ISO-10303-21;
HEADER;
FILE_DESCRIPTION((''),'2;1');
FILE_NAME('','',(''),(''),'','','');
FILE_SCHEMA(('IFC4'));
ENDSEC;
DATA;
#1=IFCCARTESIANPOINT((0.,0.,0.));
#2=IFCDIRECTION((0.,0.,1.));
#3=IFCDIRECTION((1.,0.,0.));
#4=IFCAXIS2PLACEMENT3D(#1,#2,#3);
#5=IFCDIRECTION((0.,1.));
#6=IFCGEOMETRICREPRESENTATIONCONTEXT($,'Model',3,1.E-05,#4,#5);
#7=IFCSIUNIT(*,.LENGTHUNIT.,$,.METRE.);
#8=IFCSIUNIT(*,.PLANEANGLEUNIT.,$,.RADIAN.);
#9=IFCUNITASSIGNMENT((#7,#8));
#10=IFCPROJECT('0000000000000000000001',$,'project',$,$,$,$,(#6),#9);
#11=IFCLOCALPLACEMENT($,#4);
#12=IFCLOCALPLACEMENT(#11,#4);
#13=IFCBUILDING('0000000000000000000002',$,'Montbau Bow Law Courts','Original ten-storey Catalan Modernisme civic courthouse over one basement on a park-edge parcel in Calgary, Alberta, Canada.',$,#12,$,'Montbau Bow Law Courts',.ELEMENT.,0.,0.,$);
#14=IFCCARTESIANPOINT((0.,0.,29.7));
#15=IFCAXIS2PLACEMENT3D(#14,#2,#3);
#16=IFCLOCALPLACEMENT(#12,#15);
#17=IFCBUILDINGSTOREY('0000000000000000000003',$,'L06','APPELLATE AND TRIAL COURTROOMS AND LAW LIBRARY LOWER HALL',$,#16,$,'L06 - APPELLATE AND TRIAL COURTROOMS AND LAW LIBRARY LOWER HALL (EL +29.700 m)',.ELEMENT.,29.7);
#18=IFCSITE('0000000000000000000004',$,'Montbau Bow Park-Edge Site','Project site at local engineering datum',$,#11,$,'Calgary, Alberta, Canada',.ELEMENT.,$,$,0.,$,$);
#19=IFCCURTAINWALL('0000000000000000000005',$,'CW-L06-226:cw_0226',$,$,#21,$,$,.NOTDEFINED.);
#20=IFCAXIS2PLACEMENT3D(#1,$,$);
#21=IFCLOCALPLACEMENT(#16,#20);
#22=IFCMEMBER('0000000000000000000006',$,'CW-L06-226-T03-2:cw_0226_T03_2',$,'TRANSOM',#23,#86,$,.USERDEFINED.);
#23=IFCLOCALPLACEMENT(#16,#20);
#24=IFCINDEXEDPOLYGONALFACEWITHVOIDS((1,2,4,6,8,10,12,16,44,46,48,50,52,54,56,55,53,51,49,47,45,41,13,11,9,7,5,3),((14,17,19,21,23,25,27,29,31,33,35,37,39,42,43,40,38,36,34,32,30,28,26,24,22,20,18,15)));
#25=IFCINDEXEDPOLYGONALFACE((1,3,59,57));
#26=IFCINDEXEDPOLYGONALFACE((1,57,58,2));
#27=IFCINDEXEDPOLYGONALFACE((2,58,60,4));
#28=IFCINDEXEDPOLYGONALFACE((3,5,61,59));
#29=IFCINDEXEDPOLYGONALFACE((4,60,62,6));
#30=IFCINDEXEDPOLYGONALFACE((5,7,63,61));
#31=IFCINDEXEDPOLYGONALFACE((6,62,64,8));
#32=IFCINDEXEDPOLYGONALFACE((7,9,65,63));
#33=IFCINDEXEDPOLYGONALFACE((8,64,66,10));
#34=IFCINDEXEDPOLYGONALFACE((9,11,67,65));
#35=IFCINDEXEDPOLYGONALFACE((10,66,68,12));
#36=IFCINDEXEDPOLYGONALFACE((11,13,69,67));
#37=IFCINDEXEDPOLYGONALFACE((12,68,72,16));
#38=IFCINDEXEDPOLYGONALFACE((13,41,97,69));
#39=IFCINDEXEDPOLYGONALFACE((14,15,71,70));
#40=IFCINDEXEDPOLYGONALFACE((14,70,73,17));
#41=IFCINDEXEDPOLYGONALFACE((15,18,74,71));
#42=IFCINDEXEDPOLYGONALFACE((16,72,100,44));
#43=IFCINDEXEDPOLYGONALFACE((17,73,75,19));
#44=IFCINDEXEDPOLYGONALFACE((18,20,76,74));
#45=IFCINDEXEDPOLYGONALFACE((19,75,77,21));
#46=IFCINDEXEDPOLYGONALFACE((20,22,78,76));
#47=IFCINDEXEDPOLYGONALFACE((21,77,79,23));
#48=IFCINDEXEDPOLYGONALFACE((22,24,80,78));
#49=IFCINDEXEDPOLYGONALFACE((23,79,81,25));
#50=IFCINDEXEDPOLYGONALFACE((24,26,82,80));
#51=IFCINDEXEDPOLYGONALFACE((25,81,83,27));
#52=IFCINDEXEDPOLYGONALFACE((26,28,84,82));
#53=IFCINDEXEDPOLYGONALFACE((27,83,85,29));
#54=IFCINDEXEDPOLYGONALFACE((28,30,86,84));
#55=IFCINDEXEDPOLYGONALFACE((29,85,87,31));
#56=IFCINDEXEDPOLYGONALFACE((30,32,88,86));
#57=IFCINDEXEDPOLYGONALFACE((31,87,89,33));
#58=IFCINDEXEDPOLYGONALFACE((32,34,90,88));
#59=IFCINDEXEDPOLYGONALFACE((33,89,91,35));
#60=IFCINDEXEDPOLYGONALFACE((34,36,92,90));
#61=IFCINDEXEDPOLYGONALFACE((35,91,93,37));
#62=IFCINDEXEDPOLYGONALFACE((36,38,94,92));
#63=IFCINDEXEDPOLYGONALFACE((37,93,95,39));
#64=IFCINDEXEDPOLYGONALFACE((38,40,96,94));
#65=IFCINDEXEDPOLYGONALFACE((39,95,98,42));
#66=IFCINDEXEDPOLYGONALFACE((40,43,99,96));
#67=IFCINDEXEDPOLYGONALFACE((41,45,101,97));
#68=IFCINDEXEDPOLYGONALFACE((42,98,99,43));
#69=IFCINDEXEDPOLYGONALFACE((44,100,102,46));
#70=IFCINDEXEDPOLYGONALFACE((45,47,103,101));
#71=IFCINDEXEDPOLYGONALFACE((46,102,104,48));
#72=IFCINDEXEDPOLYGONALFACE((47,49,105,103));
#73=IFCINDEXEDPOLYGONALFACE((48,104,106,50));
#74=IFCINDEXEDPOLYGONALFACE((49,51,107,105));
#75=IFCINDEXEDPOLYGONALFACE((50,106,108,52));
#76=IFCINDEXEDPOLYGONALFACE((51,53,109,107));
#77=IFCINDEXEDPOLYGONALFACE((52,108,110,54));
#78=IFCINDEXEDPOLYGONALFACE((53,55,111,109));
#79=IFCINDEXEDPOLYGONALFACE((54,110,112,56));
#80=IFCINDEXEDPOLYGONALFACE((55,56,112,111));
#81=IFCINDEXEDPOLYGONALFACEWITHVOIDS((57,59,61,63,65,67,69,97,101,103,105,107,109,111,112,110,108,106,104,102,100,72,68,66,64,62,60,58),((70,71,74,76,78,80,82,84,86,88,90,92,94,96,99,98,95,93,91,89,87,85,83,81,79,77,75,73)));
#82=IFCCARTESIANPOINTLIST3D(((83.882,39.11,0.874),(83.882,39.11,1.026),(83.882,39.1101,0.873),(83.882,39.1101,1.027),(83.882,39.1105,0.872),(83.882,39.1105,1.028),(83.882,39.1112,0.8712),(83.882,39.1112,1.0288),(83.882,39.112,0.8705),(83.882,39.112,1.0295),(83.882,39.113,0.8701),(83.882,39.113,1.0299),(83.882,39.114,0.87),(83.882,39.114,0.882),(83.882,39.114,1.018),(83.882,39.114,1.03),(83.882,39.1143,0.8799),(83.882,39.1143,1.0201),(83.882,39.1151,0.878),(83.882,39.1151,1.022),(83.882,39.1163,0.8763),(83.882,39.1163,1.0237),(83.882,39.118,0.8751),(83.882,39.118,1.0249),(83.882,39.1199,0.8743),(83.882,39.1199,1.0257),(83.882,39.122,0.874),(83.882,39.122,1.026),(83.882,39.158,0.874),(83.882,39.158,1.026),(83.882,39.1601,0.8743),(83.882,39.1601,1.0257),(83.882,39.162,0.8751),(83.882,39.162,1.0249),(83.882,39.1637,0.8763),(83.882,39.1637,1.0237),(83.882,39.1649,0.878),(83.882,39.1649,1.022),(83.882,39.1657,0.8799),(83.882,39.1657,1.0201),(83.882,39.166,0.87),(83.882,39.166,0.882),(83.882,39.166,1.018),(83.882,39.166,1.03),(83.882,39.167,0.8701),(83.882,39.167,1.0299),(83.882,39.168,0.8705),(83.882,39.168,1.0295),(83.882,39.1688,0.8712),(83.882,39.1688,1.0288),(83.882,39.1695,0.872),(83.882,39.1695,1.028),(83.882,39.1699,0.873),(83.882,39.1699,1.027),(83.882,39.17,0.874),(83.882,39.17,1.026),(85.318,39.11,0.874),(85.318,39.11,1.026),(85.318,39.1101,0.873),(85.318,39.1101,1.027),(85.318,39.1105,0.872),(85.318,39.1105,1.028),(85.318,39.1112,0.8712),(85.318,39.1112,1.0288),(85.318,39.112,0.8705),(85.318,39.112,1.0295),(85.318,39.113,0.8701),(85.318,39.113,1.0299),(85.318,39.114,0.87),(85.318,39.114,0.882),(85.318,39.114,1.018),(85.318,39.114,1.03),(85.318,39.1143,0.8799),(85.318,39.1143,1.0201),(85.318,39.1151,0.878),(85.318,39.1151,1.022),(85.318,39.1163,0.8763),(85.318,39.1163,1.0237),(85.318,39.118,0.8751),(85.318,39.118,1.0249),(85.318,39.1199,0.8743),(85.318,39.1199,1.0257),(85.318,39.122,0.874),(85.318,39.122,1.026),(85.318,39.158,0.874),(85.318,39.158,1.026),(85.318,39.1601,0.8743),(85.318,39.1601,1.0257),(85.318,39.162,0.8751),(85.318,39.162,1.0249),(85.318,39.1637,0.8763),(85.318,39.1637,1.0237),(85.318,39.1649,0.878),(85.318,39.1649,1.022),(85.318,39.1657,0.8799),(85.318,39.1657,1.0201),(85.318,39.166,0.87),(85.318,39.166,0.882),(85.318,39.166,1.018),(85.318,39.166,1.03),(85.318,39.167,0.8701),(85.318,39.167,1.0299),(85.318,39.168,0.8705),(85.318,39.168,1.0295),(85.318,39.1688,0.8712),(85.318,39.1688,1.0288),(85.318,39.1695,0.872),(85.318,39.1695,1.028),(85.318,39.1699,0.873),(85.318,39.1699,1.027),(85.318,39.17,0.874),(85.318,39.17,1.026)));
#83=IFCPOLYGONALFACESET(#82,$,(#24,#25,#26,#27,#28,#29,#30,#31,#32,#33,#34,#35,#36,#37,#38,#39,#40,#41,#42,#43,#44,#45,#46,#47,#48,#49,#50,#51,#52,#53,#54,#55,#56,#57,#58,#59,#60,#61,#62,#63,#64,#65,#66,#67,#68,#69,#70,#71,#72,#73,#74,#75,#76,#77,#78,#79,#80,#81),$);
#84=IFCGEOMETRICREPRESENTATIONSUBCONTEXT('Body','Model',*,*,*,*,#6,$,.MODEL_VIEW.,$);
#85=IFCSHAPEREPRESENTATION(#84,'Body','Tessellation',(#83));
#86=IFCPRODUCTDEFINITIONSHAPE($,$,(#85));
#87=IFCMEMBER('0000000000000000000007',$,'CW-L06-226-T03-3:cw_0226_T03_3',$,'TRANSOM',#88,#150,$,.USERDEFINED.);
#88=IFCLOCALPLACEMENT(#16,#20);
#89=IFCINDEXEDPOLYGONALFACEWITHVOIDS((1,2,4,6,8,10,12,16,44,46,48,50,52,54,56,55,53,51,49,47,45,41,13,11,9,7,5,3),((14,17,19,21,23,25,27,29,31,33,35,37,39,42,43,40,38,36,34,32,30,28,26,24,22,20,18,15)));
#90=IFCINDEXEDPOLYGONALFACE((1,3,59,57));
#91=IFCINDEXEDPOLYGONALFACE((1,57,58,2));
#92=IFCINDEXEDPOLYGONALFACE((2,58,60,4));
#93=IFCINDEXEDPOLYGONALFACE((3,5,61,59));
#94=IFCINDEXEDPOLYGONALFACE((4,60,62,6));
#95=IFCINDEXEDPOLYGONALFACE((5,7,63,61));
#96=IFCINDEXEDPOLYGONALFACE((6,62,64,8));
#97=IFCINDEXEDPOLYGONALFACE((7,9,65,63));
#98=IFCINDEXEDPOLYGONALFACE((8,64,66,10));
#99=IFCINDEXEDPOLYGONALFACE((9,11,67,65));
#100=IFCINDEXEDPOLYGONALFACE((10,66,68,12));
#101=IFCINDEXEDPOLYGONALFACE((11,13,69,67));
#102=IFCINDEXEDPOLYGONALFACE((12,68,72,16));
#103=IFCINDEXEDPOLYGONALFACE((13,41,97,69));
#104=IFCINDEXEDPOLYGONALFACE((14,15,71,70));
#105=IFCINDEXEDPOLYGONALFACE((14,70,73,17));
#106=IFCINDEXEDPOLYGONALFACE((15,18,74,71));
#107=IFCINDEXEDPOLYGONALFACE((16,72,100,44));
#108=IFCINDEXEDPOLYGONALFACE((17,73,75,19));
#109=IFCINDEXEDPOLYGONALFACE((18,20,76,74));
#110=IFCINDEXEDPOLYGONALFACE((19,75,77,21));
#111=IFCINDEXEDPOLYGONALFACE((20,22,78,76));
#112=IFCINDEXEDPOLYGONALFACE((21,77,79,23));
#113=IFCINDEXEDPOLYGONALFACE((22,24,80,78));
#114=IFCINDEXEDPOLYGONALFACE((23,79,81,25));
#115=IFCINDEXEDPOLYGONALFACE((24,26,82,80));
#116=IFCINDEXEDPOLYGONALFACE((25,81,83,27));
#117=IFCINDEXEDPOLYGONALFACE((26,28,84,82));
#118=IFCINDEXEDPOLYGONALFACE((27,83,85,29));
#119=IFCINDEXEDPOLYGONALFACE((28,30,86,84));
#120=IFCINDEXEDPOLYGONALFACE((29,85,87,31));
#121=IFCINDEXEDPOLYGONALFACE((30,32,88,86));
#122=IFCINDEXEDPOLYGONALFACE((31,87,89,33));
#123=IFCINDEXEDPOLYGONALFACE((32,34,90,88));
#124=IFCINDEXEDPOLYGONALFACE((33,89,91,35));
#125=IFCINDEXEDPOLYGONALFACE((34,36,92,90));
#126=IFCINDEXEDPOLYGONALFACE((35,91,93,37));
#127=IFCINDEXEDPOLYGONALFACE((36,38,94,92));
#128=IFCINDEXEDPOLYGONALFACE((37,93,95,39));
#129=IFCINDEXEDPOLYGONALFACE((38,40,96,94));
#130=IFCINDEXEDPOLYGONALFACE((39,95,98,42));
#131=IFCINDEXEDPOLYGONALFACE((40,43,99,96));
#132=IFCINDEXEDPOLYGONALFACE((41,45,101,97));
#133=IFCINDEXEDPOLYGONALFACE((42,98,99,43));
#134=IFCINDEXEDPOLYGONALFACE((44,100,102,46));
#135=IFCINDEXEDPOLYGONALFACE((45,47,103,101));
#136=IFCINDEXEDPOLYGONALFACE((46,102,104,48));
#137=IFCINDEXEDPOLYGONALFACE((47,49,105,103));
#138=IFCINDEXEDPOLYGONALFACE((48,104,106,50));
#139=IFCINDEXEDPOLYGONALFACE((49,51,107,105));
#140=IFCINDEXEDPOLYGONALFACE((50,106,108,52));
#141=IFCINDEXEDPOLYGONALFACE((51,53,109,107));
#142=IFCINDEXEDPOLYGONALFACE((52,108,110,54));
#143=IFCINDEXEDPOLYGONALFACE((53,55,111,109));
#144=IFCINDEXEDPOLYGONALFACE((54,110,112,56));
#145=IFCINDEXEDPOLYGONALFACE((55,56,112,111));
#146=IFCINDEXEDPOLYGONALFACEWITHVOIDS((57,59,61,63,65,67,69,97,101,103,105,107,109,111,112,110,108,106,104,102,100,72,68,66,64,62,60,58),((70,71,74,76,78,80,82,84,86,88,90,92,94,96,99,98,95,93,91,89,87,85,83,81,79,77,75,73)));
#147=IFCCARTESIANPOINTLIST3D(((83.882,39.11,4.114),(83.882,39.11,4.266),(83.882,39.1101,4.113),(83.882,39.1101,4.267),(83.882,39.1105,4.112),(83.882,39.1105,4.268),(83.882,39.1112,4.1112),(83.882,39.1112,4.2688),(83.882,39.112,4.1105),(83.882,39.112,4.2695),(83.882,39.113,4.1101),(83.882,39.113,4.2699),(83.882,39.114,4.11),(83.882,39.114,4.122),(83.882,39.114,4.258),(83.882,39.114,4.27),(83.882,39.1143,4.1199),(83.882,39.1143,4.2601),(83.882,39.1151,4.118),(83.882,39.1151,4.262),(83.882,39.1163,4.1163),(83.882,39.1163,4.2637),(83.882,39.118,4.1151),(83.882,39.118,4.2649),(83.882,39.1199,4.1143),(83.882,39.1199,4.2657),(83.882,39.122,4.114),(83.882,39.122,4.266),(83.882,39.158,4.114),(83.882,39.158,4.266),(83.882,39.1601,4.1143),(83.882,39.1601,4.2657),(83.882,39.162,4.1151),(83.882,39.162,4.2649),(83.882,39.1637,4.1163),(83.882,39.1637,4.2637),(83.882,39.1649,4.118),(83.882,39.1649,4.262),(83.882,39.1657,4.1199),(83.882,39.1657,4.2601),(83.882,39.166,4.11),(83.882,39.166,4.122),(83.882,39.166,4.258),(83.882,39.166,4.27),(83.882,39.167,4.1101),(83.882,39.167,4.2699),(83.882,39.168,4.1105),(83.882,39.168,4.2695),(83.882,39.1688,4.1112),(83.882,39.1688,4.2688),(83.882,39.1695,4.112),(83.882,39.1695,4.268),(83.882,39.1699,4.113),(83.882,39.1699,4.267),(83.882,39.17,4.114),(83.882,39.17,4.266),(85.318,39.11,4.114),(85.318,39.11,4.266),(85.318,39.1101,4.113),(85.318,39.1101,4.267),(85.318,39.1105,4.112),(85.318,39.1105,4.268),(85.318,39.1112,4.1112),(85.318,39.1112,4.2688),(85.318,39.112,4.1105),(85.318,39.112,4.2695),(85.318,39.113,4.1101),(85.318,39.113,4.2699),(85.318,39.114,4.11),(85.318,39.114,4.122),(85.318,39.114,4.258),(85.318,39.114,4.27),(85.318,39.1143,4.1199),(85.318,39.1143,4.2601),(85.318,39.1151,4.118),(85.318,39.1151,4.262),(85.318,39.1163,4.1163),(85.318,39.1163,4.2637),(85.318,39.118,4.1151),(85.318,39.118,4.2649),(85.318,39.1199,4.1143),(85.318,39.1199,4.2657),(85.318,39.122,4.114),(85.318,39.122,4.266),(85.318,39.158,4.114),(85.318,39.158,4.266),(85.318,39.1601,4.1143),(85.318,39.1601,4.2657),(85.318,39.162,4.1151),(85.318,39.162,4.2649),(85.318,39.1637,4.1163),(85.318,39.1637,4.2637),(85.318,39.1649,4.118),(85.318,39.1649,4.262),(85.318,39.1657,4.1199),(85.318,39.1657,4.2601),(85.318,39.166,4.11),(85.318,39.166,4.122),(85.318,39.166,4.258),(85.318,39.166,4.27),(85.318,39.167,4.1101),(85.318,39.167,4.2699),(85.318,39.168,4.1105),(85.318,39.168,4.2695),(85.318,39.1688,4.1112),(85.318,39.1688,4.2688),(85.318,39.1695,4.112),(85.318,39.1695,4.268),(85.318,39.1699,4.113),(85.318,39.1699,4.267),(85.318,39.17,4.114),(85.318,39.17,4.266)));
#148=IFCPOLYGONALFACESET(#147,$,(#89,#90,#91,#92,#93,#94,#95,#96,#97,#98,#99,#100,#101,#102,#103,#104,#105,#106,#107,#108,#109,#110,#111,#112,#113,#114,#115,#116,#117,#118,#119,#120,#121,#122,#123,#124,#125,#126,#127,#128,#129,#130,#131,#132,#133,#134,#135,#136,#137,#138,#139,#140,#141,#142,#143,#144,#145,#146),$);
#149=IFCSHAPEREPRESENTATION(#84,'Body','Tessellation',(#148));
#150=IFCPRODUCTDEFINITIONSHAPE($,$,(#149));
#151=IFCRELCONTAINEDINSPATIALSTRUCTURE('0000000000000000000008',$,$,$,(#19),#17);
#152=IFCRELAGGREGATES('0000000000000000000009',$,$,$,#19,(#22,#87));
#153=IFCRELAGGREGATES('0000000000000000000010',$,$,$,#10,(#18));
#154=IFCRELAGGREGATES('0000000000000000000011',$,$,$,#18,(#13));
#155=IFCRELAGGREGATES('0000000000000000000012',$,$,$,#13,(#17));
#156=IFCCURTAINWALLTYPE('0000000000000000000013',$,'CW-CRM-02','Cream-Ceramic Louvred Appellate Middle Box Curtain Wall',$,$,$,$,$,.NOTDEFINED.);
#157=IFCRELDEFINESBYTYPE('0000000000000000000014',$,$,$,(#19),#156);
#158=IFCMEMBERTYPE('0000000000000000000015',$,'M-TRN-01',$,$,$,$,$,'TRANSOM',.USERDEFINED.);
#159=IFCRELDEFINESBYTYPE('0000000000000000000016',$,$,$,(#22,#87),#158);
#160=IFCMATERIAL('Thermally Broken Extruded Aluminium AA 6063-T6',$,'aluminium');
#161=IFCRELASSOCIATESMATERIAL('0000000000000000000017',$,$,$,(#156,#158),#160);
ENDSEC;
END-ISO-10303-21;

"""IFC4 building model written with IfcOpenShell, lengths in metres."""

from ifc_helpers import new_model, si_unit, direction, frame, origin_with_axes, origin_2d_with_axis, place, context, subcontext, project, spatial, hollow_rectangle, extrude, material, material_profile, profile_set, type_object, element, aggregate, save


model = new_model("IFC4")

# Units and contexts
model_context = context("Model", 3, precision=1e-05, world=origin_with_axes(), true_north=direction((0.0, 1.0)))
body_context = subcontext(model_context, "Body", "Model", "MODEL_VIEW")
ifc_project = project(units=[si_unit("LENGTHUNIT", "METRE"), si_unit("PLANEANGLEUNIT", "RADIAN")], contexts=[model_context])

# Site, building, storey
site_placement = place(None, origin_with_axes())
site = spatial("IfcSite", under=ifc_project, at=site_placement, Name="Montbau Bow Park-Edge Site", Description="Project site at local engineering datum", LongName="Calgary, Alberta, Canada", CompositionType="ELEMENT", RefElevation=0.0)
building_placement = place(site_placement, origin_with_axes())
building = spatial("IfcBuilding", under=site, at=building_placement, Name="Montbau Bow Law Courts", Description="Original ten-storey Catalan Modernisme civic courthouse over one basement on a park-edge parcel in Calgary, Alberta, Canada.", LongName="Montbau Bow Law Courts", CompositionType="ELEMENT", ElevationOfRefHeight=0.0, ElevationOfTerrain=0.0)
storey_placement = place(building_placement, frame((0.0, 0.0, 29.7), z_axis=(0.0, 0.0, 1.0), x_axis=(1.0, 0.0, 0.0)))
storey = spatial("IfcBuildingStorey", under=building, at=storey_placement, Name="L06", Description="APPELLATE AND TRIAL COURTROOMS AND LAW LIBRARY LOWER HALL", LongName="L06 - APPELLATE AND TRIAL COURTROOMS AND LAW LIBRARY LOWER HALL (EL +29.700 m)", CompositionType="ELEMENT", Elevation=29.7)

# Shared definitions
ifc_material_1 = material(Name="Thermally Broken Extruded Aluminium AA 6063-T6", Category="aluminium")
curtain_wall_type = type_object("IfcCurtainWallType", Name="CW-CRM-02", Description="Cream-Ceramic Louvred Appellate Middle Box Curtain Wall", PredefinedType="NOTDEFINED", material=ifc_material_1)

# Curtain wall, members
curtain_wall_1_placement = place(None, frame((80.84, 39.14, 29.7), z_axis=(0.0, 0.0, 1.0), x_axis=(1.0, 0.0, 0.0)))
curtain_wall_1 = element("IfcCurtainWall", 1, at=curtain_wall_1_placement, inside=storey, type_object=curtain_wall_type, Name="CW-L06-226:cw_0226", PredefinedType="NOTDEFINED")
ifc_material_profile_1 = material_profile(ifc_material_1, hollow_rectangle(XDim=0.06, YDim=0.16, WallThickness=0.004, InnerFilletRadius=0.008, OuterFilletRadius=0.004, at=origin_2d_with_axis()), Name="CWT-160X60", Category="Main", Priority=0)
ifc_profile_set_1 = profile_set([ifc_material_profile_1], Name="Thermally Broken Extruded Aluminium AA 6063-T6")
member_type_1 = type_object("IfcMemberType", Name="M-TRN-01", ElementType="TRANSOM", PredefinedType="USERDEFINED", material=ifc_profile_set_1)
member_1_placement = place(None, frame((83.882, 39.14, 30.65), z_axis=(1.0, 0.0, 0.0), x_axis=(0.0, 1.0, 0.0)))
member_1 = element("IfcMember", 2, at=member_1_placement, type_object=member_type_1, Name="CW-L06-226-T03-2:cw_0226_T03_2", ObjectType="TRANSOM", PredefinedType="USERDEFINED", context=body_context, shape_type="SweptSolid", body=[
    extrude(hollow_rectangle(XDim=0.06, YDim=0.16, WallThickness=0.004, InnerFilletRadius=0.008, OuterFilletRadius=0.004, at=origin_2d_with_axis()), origin_with_axes(), (0.0, 0.0, 1.0), 1.436),
])
member_2_placement = place(None, frame((83.882, 39.14, 33.89), z_axis=(1.0, 0.0, 0.0), x_axis=(0.0, 1.0, 0.0)))
member_2 = element("IfcMember", 3, at=member_2_placement, type_object=member_type_1, Name="CW-L06-226-T03-3:cw_0226_T03_3", ObjectType="TRANSOM", PredefinedType="USERDEFINED", context=body_context, shape_type="SweptSolid", body=[
    extrude(hollow_rectangle(XDim=0.06, YDim=0.16, WallThickness=0.004, InnerFilletRadius=0.008, OuterFilletRadius=0.004, at=origin_2d_with_axis()), origin_with_axes(), (0.0, 0.0, 1.0), 1.436),
])

aggregate(curtain_wall_1, [member_1, member_2])

save(model, "model.ifc")
